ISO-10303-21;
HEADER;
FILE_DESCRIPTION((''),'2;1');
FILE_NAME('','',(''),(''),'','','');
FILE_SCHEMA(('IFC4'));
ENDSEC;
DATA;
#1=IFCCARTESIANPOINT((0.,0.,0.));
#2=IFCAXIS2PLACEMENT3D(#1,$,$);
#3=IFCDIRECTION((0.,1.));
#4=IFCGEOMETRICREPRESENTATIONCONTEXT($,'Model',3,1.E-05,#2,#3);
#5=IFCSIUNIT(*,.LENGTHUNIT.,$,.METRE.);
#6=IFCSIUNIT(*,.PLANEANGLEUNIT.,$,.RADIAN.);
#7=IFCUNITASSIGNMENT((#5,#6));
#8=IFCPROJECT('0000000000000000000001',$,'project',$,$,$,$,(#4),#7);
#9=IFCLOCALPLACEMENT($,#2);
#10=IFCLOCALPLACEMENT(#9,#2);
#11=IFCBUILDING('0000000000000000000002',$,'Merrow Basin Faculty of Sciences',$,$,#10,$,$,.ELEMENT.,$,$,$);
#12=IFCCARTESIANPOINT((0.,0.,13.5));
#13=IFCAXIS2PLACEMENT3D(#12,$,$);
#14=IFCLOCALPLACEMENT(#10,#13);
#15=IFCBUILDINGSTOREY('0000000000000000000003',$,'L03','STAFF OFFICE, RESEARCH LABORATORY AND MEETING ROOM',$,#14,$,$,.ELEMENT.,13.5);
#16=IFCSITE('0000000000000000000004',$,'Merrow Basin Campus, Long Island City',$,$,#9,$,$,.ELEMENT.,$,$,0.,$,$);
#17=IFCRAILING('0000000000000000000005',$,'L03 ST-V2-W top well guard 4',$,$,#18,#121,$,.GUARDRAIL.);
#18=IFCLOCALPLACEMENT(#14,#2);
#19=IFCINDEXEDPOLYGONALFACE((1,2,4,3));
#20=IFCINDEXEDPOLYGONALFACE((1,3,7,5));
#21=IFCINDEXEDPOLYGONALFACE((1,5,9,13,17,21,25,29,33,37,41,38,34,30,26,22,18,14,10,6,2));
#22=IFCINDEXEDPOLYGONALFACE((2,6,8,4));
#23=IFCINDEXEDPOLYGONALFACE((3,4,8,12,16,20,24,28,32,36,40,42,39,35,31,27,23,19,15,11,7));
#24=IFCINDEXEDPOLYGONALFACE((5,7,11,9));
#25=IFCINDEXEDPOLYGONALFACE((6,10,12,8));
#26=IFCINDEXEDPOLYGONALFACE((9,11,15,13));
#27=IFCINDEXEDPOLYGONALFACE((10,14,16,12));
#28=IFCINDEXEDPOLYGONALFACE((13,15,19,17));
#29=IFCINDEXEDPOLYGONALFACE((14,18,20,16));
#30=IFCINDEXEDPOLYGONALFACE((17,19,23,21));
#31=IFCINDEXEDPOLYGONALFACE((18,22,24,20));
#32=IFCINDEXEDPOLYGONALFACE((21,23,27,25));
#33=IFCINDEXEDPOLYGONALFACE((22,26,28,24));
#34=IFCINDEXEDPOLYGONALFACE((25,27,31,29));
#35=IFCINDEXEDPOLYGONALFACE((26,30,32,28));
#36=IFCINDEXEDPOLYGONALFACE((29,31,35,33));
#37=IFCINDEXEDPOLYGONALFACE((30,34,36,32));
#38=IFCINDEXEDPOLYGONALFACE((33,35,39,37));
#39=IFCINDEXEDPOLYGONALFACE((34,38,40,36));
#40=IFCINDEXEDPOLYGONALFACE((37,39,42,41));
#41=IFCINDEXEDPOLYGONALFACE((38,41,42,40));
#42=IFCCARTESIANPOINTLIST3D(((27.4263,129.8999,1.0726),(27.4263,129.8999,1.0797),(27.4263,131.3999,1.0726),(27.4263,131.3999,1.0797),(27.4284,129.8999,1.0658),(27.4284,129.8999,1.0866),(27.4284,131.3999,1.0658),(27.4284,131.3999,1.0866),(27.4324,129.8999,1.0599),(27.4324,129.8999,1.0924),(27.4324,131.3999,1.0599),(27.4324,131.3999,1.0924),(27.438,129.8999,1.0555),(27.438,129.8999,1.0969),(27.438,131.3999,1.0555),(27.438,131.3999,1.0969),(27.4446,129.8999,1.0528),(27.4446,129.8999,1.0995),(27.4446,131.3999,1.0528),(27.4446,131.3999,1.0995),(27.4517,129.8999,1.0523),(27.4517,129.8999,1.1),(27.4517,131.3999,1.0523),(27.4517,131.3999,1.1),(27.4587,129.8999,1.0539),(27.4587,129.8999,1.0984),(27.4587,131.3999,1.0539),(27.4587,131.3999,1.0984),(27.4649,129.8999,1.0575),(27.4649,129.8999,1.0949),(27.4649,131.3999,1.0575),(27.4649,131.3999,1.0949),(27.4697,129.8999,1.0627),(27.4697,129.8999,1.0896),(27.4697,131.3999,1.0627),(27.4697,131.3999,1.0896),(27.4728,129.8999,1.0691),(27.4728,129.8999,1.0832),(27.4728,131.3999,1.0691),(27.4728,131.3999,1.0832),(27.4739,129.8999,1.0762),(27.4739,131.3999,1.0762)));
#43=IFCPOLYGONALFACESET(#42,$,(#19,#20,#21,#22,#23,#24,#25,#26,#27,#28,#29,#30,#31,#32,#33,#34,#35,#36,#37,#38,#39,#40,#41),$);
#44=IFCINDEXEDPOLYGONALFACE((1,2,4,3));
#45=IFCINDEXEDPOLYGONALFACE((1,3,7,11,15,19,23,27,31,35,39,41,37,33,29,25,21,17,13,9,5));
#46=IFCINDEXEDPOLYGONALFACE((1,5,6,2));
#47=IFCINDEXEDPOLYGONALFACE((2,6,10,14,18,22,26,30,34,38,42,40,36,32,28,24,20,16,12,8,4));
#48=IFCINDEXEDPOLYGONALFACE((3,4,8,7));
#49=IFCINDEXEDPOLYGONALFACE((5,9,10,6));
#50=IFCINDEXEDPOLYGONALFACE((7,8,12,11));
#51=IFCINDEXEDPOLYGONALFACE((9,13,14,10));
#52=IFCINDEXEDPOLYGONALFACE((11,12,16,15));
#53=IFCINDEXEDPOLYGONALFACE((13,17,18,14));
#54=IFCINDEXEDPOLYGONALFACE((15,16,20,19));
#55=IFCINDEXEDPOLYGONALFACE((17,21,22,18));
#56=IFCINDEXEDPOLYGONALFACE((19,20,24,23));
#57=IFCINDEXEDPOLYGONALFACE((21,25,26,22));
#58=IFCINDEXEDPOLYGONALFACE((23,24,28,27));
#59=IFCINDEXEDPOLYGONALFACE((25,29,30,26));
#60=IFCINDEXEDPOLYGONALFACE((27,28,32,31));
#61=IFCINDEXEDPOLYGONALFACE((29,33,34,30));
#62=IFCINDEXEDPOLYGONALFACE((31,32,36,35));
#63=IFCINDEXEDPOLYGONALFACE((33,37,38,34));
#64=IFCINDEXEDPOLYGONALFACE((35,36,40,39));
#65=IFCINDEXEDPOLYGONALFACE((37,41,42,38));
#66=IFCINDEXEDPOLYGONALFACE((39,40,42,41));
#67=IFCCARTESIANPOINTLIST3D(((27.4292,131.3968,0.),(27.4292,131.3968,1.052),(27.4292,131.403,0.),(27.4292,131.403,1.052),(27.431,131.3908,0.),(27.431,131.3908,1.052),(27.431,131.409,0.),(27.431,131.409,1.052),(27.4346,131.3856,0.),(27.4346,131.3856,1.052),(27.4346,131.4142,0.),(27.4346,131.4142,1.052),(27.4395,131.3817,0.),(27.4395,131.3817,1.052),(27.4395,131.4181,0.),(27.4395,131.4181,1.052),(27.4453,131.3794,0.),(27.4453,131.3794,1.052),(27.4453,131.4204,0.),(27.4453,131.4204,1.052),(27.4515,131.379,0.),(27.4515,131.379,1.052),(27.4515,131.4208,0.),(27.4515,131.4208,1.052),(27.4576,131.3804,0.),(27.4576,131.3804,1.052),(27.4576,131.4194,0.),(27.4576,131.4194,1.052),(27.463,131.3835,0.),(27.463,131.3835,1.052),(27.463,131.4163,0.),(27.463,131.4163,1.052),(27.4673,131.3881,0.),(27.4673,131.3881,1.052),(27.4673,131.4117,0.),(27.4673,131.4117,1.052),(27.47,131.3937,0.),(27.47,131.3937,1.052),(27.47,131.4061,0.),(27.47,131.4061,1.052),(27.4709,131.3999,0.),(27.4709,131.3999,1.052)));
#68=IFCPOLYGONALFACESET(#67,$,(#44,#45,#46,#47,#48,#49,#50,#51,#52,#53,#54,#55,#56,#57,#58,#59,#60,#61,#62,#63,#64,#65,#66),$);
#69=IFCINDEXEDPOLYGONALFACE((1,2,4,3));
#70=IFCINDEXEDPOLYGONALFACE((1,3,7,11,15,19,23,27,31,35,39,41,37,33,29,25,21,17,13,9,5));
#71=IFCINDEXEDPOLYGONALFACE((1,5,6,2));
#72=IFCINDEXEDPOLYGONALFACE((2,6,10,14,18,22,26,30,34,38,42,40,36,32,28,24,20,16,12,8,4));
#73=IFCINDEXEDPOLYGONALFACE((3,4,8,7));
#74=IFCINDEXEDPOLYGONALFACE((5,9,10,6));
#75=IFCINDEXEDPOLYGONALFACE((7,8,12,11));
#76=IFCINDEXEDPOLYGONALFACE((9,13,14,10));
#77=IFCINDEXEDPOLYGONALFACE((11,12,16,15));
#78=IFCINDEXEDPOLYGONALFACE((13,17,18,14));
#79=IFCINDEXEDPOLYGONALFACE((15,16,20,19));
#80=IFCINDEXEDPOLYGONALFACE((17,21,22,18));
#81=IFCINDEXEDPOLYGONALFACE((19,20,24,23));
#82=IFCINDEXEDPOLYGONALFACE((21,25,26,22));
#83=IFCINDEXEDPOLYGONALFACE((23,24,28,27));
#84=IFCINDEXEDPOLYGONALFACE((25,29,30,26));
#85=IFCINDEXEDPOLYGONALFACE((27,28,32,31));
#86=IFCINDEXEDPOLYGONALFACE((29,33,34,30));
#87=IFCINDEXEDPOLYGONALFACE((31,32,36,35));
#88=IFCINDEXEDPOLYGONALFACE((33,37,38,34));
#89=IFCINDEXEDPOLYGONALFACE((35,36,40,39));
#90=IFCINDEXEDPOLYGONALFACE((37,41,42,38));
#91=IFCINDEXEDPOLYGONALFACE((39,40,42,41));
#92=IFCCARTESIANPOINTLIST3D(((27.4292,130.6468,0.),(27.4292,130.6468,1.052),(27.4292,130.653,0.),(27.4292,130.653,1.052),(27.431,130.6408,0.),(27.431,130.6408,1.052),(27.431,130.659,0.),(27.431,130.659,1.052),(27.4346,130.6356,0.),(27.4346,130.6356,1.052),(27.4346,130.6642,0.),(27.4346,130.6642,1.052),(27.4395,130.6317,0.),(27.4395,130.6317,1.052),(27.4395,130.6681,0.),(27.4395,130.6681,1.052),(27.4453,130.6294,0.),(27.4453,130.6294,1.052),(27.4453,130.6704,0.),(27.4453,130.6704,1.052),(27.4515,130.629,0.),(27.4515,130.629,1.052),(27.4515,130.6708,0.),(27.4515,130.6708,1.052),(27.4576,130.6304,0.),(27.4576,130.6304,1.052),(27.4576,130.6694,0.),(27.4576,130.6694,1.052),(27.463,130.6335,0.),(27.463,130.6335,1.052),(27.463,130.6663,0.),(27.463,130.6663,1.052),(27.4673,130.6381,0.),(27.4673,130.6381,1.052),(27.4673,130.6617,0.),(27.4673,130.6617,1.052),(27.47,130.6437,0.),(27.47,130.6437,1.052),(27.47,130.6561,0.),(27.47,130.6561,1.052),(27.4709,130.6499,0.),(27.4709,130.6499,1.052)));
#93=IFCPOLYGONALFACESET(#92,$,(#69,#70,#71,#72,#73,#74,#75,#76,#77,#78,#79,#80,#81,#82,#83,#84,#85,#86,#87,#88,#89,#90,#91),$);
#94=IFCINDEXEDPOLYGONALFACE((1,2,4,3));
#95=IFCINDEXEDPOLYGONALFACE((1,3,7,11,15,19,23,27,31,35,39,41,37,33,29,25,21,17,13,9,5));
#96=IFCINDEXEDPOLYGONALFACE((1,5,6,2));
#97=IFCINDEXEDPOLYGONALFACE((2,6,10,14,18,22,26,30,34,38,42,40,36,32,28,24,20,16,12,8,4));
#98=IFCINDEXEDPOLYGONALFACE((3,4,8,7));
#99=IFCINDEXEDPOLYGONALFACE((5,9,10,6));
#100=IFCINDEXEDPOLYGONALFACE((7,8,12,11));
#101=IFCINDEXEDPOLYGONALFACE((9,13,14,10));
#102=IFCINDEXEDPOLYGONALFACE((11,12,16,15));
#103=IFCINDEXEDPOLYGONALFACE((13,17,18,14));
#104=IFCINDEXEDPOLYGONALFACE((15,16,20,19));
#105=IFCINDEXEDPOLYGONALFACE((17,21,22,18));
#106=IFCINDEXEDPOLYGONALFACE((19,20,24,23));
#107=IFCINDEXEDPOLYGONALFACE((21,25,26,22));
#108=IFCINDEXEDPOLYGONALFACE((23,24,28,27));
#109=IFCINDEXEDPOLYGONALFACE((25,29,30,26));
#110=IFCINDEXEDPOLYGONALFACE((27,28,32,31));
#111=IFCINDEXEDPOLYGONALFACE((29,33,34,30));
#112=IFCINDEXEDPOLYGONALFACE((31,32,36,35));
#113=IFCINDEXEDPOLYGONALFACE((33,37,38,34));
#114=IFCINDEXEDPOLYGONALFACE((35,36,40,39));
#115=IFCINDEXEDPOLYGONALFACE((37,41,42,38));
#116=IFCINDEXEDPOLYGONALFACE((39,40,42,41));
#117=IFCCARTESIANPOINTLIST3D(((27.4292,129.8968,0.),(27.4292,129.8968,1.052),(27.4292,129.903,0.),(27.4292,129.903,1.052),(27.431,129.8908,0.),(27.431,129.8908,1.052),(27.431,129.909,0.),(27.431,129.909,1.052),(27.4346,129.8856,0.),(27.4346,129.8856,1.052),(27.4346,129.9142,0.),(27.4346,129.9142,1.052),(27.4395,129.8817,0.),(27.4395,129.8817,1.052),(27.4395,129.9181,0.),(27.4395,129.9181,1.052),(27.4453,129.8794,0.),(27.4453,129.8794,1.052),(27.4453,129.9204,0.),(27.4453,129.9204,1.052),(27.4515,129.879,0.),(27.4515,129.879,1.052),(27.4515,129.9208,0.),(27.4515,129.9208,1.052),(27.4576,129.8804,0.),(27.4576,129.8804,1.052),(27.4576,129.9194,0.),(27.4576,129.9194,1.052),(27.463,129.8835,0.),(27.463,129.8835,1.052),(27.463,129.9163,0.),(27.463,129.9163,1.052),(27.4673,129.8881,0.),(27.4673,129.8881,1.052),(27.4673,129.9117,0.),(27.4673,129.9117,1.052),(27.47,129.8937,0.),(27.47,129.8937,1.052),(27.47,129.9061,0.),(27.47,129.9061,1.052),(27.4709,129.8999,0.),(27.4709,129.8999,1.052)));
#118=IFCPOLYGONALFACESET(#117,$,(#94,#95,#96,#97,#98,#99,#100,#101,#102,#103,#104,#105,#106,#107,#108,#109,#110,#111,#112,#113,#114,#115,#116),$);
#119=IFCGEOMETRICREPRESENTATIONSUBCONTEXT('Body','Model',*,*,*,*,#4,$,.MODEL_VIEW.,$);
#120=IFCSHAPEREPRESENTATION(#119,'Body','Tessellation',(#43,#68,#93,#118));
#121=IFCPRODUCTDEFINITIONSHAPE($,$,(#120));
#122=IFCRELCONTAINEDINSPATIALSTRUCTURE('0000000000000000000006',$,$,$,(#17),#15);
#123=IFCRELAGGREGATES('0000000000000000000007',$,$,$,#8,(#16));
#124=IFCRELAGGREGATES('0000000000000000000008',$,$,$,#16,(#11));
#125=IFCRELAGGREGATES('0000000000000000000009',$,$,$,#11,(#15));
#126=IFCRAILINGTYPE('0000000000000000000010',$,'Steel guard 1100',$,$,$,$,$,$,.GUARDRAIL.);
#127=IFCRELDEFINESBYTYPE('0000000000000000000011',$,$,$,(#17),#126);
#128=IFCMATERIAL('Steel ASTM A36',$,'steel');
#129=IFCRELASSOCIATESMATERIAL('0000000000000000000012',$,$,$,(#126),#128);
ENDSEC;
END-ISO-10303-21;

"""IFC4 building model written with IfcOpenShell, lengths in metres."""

from ifc_helpers import new_model, si_unit, direction, frame, origin, origin_2d, place, context, subcontext, project, spatial, circle, extrude, material, type_object, element, save


model = new_model("IFC4")

# Units and contexts
model_context = context("Model", 3, precision=1e-05, world=origin(), true_north=direction((0.0, 1.0)))
body_context = subcontext(model_context, "Body", "Model", "MODEL_VIEW")
ifc_project = project(units=[si_unit("LENGTHUNIT", "METRE"), si_unit("PLANEANGLEUNIT", "RADIAN")], contexts=[model_context])

# Site, building, storey
site_placement = place(None, origin())
site = spatial("IfcSite", under=ifc_project, at=site_placement, Name="Merrow Basin Campus, Long Island City", CompositionType="ELEMENT", RefElevation=0.0)
building_placement = place(site_placement, origin())
building = spatial("IfcBuilding", under=site, at=building_placement, Name="Merrow Basin Faculty of Sciences", CompositionType="ELEMENT")
storey_placement = place(building_placement, frame((0.0, 0.0, 13.5)))
storey = spatial("IfcBuildingStorey", under=building, at=storey_placement, Name="L03", Description="STAFF OFFICE, RESEARCH LABORATORY AND MEETING ROOM", CompositionType="ELEMENT", Elevation=13.5)

# Railing
ifc_material_1 = material(Name="Steel ASTM A36", Category="steel")
railing_type_1 = type_object("IfcRailingType", Name="Steel guard 1100", PredefinedType="GUARDRAIL", material=ifc_material_1)
railing_1_placement = place(storey_placement, frame((27.45, 131.3999, 0.0)))
element("IfcRailing", 1, at=railing_1_placement, inside=storey, type_object=railing_type_1, Name="L03 ST-V2-W top well guard 4", PredefinedType="GUARDRAIL", context=body_context, shape_type="SweptSolid", body=[
    extrude(circle(Radius=0.0239, at=origin_2d()), frame((0.0, 0.0, 1.0762), z_axis=(0.0, -1.0, 0.0), x_axis=(1.0, 0.0, 0.0)), (0.0, 0.0, 1.0), 1.5),
    extrude(circle(Radius=0.021, at=origin_2d()), origin(), (0.0, 0.0, 1.0), 1.052),
    extrude(circle(Radius=0.021, at=origin_2d()), frame((0.0, -0.75, 0.0)), (0.0, 0.0, 1.0), 1.052),
    extrude(circle(Radius=0.021, at=origin_2d()), frame((0.0, -1.5, 0.0)), (0.0, 0.0, 1.0), 1.052),
])

save(model, "model.ifc")
